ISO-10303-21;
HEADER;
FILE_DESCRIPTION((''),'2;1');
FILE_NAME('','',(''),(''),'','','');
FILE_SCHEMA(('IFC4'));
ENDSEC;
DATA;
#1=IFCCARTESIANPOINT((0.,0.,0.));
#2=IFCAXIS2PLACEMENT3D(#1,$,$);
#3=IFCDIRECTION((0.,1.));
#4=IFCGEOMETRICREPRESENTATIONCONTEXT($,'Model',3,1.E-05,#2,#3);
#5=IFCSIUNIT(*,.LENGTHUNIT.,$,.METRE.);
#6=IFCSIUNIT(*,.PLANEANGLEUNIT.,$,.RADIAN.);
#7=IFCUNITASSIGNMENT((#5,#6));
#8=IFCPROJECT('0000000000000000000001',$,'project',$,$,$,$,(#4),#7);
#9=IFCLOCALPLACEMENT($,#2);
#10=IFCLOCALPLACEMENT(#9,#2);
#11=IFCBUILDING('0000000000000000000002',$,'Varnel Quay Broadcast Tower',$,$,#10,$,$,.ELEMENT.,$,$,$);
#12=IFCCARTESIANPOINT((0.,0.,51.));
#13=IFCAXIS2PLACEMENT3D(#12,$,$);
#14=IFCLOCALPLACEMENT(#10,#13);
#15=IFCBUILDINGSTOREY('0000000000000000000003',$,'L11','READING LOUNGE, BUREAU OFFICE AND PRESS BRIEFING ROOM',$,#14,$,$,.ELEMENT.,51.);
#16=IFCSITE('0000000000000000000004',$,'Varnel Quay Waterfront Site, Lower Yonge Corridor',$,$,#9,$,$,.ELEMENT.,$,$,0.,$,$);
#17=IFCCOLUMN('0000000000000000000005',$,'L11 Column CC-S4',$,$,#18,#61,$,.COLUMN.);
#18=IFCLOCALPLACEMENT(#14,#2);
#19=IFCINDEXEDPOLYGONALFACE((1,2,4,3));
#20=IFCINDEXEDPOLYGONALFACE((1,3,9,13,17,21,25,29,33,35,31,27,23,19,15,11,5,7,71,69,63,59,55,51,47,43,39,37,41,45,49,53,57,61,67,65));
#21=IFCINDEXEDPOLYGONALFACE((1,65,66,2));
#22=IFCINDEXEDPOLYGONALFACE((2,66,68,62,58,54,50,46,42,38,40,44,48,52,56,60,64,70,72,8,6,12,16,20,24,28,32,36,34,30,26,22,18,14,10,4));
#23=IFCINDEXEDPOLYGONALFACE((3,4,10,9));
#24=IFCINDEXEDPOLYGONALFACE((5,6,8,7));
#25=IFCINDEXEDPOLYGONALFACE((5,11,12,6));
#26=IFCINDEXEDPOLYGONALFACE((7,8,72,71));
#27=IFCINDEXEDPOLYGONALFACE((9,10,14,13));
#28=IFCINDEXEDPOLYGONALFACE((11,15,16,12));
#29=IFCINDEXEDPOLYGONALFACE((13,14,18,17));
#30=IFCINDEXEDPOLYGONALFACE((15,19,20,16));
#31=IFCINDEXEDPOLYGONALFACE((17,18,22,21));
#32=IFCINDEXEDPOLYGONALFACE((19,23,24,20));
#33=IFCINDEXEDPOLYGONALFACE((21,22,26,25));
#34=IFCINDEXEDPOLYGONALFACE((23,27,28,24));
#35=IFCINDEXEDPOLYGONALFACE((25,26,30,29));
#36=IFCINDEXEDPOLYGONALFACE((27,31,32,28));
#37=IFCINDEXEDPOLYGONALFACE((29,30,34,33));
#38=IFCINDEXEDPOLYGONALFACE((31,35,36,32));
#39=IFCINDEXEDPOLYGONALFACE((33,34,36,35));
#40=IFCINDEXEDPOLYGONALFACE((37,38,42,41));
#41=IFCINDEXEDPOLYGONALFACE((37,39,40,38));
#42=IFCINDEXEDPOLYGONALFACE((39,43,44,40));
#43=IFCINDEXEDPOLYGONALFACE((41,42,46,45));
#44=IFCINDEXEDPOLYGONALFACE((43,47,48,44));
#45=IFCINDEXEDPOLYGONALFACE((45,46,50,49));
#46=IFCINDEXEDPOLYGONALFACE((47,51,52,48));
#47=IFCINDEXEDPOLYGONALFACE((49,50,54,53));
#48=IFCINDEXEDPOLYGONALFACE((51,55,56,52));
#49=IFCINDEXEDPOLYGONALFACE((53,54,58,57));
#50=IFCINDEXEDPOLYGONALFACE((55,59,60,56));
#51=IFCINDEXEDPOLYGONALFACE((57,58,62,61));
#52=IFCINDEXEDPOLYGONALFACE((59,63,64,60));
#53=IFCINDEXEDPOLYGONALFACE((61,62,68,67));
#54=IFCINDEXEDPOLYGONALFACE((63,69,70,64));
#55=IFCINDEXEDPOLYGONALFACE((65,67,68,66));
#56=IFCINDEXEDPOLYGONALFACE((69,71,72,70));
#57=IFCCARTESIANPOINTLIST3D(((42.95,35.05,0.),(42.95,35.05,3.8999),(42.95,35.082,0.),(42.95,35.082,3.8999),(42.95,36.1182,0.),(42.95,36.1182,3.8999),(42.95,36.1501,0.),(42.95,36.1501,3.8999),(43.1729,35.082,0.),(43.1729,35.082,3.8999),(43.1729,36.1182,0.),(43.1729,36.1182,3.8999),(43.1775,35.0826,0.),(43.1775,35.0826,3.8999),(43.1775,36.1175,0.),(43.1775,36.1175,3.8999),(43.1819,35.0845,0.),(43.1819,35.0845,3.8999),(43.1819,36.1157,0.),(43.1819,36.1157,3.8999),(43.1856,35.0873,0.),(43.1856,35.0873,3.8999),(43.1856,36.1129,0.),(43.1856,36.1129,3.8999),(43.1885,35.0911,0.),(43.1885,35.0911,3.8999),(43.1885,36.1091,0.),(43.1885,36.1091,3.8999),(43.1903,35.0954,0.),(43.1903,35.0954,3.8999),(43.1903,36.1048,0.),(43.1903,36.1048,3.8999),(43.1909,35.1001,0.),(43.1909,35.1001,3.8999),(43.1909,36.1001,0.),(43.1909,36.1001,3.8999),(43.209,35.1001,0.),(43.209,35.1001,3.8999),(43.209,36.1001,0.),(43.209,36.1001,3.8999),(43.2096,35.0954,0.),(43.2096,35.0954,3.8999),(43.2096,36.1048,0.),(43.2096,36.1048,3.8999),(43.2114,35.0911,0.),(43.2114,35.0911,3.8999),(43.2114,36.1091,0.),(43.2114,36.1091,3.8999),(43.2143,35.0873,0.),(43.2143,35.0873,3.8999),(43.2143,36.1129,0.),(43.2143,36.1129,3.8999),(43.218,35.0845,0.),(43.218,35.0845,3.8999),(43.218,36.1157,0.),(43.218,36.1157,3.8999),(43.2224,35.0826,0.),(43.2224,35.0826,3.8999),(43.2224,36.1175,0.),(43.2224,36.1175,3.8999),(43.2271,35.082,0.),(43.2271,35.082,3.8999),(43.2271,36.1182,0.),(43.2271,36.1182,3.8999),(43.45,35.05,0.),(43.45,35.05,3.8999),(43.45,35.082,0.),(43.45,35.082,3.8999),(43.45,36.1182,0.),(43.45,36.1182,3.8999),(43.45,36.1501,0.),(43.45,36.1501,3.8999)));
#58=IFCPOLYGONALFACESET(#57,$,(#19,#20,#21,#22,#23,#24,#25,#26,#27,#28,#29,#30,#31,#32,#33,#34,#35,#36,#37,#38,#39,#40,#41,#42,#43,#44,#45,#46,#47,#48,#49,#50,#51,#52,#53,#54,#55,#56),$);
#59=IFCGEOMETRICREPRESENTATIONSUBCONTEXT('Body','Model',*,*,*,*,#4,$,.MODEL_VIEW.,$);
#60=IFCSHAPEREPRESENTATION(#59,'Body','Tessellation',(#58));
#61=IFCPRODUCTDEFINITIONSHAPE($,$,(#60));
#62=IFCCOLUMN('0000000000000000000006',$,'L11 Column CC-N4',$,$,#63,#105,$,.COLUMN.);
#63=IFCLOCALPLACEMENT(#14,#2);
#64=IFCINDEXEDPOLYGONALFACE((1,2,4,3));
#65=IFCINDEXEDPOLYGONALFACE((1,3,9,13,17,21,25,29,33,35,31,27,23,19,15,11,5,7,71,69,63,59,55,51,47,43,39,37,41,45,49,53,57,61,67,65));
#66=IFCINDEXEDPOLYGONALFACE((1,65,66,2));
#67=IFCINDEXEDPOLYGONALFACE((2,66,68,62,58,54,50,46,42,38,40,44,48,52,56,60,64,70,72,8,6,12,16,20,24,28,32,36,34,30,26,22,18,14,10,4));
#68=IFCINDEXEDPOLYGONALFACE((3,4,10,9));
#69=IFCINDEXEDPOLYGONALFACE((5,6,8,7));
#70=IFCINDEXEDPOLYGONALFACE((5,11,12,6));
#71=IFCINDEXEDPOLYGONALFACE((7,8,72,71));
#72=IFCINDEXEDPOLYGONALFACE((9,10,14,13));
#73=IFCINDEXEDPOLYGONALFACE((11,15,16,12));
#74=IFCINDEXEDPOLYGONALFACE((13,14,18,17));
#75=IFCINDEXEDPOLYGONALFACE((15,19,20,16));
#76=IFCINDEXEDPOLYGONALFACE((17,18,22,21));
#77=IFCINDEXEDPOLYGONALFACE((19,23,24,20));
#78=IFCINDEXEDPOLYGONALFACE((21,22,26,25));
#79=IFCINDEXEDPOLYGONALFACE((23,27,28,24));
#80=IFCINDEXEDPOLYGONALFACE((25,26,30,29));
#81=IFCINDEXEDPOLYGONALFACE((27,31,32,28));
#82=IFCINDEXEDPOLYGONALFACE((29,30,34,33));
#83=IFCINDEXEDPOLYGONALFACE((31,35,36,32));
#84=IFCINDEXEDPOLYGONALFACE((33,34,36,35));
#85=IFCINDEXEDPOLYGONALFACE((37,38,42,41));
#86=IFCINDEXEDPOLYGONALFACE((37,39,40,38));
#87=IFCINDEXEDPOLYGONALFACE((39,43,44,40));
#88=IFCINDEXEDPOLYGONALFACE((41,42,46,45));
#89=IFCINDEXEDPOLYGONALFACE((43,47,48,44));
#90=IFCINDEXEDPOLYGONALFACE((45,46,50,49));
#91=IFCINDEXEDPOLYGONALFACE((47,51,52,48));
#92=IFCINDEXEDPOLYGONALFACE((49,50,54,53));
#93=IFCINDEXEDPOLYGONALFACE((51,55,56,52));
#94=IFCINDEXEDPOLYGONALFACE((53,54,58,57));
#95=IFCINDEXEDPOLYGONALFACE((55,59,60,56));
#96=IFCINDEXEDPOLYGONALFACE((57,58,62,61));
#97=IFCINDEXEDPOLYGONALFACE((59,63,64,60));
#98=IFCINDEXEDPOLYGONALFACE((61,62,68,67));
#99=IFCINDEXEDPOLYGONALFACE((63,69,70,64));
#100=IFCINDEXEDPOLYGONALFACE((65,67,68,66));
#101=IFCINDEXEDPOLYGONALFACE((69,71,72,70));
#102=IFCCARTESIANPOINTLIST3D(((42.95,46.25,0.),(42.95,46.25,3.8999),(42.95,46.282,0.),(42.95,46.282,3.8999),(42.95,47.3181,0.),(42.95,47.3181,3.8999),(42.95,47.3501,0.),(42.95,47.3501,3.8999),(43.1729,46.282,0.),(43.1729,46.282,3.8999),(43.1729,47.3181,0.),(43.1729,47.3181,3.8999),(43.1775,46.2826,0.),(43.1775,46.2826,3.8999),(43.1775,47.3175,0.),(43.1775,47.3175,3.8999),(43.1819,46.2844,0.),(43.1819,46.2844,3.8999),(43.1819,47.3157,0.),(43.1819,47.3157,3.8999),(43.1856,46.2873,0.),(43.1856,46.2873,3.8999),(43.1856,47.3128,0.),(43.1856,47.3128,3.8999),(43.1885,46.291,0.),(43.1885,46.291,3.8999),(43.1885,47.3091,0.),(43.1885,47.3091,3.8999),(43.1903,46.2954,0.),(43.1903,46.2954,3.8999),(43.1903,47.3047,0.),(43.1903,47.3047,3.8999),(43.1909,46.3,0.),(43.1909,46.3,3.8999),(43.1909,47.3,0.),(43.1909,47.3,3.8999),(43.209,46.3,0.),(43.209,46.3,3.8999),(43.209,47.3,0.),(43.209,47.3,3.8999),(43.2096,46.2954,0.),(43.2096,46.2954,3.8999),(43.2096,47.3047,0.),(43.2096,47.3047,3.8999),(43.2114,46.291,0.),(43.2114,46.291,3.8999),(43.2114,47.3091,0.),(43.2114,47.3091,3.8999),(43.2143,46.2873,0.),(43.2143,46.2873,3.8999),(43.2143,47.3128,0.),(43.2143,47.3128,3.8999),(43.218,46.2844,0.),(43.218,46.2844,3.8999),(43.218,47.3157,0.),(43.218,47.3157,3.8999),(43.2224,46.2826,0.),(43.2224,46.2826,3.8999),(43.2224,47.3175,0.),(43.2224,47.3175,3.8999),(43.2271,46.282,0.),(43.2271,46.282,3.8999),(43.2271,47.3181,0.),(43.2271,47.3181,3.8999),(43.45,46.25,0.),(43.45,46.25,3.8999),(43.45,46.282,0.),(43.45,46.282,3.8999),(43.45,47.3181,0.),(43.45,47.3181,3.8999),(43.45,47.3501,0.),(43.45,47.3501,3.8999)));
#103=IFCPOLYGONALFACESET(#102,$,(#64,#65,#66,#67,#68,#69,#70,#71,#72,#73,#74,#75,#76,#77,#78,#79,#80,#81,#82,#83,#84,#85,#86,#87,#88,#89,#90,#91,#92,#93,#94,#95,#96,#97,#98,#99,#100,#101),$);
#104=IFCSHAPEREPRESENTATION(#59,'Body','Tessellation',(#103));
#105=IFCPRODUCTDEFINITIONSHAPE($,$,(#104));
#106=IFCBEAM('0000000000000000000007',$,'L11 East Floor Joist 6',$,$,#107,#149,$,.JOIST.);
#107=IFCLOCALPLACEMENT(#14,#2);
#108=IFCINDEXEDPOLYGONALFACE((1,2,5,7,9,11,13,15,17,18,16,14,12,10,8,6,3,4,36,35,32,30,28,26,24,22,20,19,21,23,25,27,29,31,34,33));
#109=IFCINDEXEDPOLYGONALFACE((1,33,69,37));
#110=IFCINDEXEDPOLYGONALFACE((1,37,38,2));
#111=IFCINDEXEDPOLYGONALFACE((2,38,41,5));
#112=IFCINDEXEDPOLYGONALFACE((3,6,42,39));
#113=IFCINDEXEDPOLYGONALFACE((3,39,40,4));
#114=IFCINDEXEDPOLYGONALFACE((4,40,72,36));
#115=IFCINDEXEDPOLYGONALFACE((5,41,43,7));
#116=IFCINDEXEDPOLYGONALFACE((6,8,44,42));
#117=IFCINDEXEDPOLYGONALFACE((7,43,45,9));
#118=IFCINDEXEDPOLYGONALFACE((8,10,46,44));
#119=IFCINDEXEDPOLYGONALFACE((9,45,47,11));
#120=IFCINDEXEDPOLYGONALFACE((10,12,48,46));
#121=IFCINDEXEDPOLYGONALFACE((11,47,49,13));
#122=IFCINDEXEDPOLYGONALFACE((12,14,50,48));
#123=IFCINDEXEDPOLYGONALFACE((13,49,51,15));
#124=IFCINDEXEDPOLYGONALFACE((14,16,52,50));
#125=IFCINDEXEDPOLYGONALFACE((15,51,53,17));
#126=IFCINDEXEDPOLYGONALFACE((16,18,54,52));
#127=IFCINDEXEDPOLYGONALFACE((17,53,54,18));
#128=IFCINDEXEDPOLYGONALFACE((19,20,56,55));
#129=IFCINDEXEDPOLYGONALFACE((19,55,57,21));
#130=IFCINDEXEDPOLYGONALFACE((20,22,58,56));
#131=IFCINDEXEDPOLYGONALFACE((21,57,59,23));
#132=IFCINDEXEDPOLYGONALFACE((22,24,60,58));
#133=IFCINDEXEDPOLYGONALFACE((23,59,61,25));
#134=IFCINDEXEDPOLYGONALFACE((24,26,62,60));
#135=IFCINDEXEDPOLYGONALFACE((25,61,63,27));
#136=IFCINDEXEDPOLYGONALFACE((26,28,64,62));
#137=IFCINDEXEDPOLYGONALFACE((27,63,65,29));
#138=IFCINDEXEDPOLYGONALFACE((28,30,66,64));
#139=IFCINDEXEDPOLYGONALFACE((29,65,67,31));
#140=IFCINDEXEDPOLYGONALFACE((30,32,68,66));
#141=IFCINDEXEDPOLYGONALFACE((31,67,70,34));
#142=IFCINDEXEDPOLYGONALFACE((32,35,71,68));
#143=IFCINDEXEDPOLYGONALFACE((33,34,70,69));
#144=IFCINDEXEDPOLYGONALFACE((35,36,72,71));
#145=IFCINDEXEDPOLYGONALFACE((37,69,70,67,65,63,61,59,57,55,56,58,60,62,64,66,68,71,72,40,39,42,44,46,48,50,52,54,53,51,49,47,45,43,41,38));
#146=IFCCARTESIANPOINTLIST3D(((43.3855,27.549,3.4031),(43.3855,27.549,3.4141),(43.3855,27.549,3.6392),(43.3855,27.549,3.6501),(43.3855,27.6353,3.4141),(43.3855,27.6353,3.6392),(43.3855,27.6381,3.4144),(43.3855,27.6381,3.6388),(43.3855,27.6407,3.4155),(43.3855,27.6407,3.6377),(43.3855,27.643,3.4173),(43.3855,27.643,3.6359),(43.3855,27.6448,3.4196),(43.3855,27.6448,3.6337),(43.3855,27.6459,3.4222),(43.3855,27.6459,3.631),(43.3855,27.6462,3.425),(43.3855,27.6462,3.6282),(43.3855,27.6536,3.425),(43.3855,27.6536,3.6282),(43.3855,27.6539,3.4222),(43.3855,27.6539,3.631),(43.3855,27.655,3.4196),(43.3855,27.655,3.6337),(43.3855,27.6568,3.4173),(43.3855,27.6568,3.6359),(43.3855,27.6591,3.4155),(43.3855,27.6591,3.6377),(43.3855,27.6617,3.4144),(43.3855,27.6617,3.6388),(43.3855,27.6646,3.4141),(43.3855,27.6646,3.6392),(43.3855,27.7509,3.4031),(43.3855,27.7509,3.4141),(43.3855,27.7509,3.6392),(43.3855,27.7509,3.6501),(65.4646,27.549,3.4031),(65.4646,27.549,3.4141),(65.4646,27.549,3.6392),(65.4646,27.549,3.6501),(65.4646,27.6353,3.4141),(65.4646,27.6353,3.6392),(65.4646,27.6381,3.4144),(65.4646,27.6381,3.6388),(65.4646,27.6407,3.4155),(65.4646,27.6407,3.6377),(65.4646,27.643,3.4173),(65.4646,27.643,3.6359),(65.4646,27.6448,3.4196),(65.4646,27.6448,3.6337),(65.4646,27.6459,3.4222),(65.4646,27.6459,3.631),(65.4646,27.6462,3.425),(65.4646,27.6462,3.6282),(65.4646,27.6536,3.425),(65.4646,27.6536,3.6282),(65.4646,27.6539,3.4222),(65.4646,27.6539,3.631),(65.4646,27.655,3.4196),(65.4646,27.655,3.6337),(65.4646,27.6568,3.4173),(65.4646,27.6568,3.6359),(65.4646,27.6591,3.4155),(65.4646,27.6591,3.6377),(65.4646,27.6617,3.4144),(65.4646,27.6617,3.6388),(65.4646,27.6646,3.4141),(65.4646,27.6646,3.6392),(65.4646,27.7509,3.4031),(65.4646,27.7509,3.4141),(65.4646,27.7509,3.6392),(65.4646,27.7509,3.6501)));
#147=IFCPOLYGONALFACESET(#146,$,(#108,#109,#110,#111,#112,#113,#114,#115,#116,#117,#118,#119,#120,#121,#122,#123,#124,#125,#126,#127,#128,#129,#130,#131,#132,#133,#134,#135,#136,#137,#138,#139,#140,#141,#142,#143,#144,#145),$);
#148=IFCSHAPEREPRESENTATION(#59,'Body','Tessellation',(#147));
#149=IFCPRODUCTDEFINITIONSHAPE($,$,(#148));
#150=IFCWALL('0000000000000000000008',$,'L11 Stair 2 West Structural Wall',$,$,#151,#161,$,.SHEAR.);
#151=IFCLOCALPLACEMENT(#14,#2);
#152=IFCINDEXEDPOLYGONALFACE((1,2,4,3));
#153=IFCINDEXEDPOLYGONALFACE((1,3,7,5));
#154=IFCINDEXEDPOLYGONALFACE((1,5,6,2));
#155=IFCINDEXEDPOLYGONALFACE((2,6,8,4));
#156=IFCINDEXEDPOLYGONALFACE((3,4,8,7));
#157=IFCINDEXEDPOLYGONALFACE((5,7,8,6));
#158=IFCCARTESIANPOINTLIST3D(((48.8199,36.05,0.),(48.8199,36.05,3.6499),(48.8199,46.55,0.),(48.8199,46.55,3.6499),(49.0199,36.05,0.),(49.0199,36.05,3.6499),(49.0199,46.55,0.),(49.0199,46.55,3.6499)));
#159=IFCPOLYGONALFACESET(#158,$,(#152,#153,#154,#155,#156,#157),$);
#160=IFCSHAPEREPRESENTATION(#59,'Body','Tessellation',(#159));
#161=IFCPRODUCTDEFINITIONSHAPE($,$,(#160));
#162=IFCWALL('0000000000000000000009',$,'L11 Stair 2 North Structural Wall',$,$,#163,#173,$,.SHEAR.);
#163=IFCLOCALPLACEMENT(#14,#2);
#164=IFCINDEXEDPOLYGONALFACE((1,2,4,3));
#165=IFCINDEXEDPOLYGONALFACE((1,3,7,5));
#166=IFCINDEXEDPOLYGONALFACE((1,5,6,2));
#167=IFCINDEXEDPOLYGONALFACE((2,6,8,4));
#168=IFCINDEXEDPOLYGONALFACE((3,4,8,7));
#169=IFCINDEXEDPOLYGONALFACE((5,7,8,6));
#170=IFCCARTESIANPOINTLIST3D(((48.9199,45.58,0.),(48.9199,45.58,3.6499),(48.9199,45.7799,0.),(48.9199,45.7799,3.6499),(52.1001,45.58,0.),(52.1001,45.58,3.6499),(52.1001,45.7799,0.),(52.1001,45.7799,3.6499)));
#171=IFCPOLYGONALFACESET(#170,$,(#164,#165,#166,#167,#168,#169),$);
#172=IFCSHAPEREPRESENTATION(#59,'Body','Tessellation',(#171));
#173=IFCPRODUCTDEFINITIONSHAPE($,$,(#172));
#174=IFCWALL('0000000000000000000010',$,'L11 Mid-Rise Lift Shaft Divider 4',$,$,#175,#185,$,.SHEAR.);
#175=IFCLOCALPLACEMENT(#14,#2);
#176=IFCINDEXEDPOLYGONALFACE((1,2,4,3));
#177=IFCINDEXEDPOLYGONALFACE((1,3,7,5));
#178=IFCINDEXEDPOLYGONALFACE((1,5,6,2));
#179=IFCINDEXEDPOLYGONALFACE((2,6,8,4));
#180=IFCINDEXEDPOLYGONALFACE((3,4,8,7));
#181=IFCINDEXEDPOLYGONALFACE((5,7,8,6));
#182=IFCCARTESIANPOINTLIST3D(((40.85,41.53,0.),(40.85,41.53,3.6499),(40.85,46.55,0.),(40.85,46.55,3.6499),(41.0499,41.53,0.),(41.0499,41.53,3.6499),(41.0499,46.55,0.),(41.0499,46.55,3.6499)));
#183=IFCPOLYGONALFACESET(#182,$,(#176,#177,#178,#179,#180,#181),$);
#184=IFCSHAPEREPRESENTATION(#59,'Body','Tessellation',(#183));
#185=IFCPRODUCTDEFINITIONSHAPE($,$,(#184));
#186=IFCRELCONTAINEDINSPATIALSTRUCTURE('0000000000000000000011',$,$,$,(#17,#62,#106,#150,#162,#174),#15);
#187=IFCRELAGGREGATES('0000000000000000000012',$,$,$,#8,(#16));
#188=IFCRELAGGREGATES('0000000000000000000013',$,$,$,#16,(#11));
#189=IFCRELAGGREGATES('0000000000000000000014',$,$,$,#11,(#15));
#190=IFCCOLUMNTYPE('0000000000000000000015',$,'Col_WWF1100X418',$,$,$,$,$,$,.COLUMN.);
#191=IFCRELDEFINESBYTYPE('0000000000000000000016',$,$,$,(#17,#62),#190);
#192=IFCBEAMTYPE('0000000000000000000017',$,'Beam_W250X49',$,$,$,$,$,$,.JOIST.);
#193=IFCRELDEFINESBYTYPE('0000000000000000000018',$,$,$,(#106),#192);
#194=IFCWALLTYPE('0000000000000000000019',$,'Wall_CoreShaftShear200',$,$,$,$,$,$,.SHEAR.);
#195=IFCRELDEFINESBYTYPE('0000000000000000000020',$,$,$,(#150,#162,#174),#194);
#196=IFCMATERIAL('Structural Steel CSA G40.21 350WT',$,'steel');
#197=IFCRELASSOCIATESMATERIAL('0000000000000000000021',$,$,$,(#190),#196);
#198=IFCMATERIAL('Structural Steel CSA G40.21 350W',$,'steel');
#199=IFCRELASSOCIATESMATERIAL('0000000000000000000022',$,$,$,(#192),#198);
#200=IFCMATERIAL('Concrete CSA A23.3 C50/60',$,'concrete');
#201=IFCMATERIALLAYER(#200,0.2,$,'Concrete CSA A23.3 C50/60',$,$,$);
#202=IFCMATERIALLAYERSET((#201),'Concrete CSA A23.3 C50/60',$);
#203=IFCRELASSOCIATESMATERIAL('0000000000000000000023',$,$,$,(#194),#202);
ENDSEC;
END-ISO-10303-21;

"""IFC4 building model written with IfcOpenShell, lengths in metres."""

from ifc_helpers import new_model, si_unit, direction, frame, frame_2d, origin, origin_2d, place, context, subcontext, project, spatial, rectangle, i_section, extrude, source, transform, mapped, material, layer, layer_set, material_profile, profile_set, type_object, type_shapes, element, save


model = new_model("IFC4")

# Units and contexts
model_context = context("Model", 3, precision=1e-05, world=origin(), true_north=direction((0.0, 1.0)))
body_context = subcontext(model_context, "Body", "Model", "MODEL_VIEW")
ifc_project = project(units=[si_unit("LENGTHUNIT", "METRE"), si_unit("PLANEANGLEUNIT", "RADIAN")], contexts=[model_context])

# Site, building, storey
site_placement = place(None, origin())
site = spatial("IfcSite", under=ifc_project, at=site_placement, Name="Varnel Quay Waterfront Site, Lower Yonge Corridor", CompositionType="ELEMENT", RefElevation=0.0)
building_placement = place(site_placement, origin())
building = spatial("IfcBuilding", under=site, at=building_placement, Name="Varnel Quay Broadcast Tower", CompositionType="ELEMENT")
storey_placement = place(building_placement, frame((0.0, 0.0, 51.0)))
storey = spatial("IfcBuildingStorey", under=building, at=storey_placement, Name="L11", Description="READING LOUNGE, BUREAU OFFICE AND PRESS BRIEFING ROOM", CompositionType="ELEMENT", Elevation=51.0)

# Columns
ifc_material_1 = material(Name="Structural Steel CSA G40.21 350WT", Category="steel")
ifc_material_profile_1 = material_profile(ifc_material_1, i_section(OverallWidth=0.5, OverallDepth=1.1001, WebThickness=0.0181, FlangeThickness=0.032, FilletRadius=0.0181, at=origin_2d()), Name="WWF1100X418")
ifc_profile_set_1 = profile_set([ifc_material_profile_1], Name="Structural Steel CSA G40.21 350WT")
column_type = type_object("IfcColumnType", Name="Col_WWF1100X418", PredefinedType="COLUMN", material=ifc_profile_set_1)
shared_shape_1 = source(origin(), body_context, "Body", "SweptSolid", [
    extrude(i_section(OverallWidth=0.5, OverallDepth=1.1001, WebThickness=0.0181, FlangeThickness=0.032, FilletRadius=0.0181, at=origin_2d()), origin(), (0.0, 0.0, 1.0), 3.8999),
])
type_shapes(column_type, [shared_shape_1])
for number, where, z_axis, x_axis, name in (
    (1, (43.2, 35.6001, 0.0), (0.0, 0.0, 1.0), (1.0, 0.0, 0.0), "L11 Column CC-S4"),
    (2, (43.2, 46.8, 0.0), (0.0, 0.0, 1.0), (1.0, 0.0, 0.0), "L11 Column CC-N4"),
):
    element("IfcColumn", number, at=place(storey_placement, frame(where, z_axis=z_axis, x_axis=x_axis)), inside=storey, type_object=column_type, Name=name, PredefinedType="COLUMN", context=body_context, shape_type="MappedRepresentation", body=[
        mapped(shared_shape_1, transform((0.0, 0.0, 0.0), x_axis=(1.0, 0.0, 0.0), y_axis=(0.0, 1.0, 0.0), z_axis=(0.0, 0.0, 1.0), scale=1.0)),
    ])

# Beam
ifc_material_2 = material(Name="Structural Steel CSA G40.21 350W", Category="steel")
ifc_material_profile_2 = material_profile(ifc_material_2, i_section(OverallWidth=0.2019, OverallDepth=0.2471, WebThickness=0.0073, FlangeThickness=0.011, FilletRadius=0.011, at=origin_2d()), Name="W250X49")
ifc_profile_set_2 = profile_set([ifc_material_profile_2], Name="Structural Steel CSA G40.21 350W")
beam_type = type_object("IfcBeamType", Name="Beam_W250X49", PredefinedType="JOIST", material=ifc_profile_set_2)
shared_shape_2 = source(origin(), body_context, "Body", "SweptSolid", [
    extrude(i_section(OverallWidth=0.2019, OverallDepth=0.2471, WebThickness=0.0073, FlangeThickness=0.011, FilletRadius=0.011, at=origin_2d()), origin(), (0.0, 0.0, 1.0), 22.0791),
])
type_shapes(beam_type, [shared_shape_2])
beam_placement = place(storey_placement, frame((43.3855, 27.6499, 3.5266), z_axis=(1.0, 0.0, 0.0), x_axis=(0.0, 1.0, 0.0)))
element("IfcBeam", 3, at=beam_placement, inside=storey, type_object=beam_type, Name="L11 East Floor Joist 6", PredefinedType="JOIST", context=body_context, shape_type="MappedRepresentation", body=[
    mapped(shared_shape_2, transform((0.0, 0.0, 0.0), x_axis=(1.0, 0.0, 0.0), y_axis=(0.0, 1.0, 0.0), z_axis=(0.0, 0.0, 1.0), scale=1.0)),
])

# Walls
ifc_material_3 = material(Name="Concrete CSA A23.3 C50/60", Category="concrete")
ifc_layer_1 = layer(ifc_material_3, 0.2, Name="Concrete CSA A23.3 C50/60")
ifc_layer_set_1 = layer_set([ifc_layer_1], Name="Concrete CSA A23.3 C50/60")
wall_type_1 = type_object("IfcWallType", Name="Wall_CoreShaftShear200", PredefinedType="SHEAR", material=ifc_layer_set_1)
wall_1_placement = place(storey_placement, frame((48.9199, 36.05, 0.0), z_axis=(0.0, 0.0, 1.0), x_axis=(0.0, 1.0, 0.0)))
element("IfcWall", 4, at=wall_1_placement, inside=storey, type_object=wall_type_1, Name="L11 Stair 2 West Structural Wall", PredefinedType="SHEAR", context=body_context, shape_type="SweptSolid", body=[
    extrude(rectangle(XDim=10.5, YDim=0.2, at=frame_2d((5.25, 0.0))), origin(), (0.0, 0.0, 1.0), 3.6499),
])
wall_2_placement = place(storey_placement, frame((48.9199, 45.6799, 0.0), z_axis=(0.0, 0.0, 1.0), x_axis=(1.0, 0.0, 0.0)))
element("IfcWall", 5, at=wall_2_placement, inside=storey, type_object=wall_type_1, Name="L11 Stair 2 North Structural Wall", PredefinedType="SHEAR", context=body_context, shape_type="SweptSolid", body=[
    extrude(rectangle(XDim=3.1802, YDim=0.2, at=frame_2d((1.5901, 0.0))), origin(), (0.0, 0.0, 1.0), 3.6499),
])
wall_3_placement = place(storey_placement, frame((40.95, 41.53, 0.0), z_axis=(0.0, 0.0, 1.0), x_axis=(0.0, 1.0, 0.0)))
element("IfcWall", 6, at=wall_3_placement, inside=storey, type_object=wall_type_1, Name="L11 Mid-Rise Lift Shaft Divider 4", PredefinedType="SHEAR", context=body_context, shape_type="SweptSolid", body=[
    extrude(rectangle(XDim=5.02, YDim=0.2, at=frame_2d((2.51, 0.0))), origin(), (0.0, 0.0, 1.0), 3.6499),
])

save(model, "model.ifc")
